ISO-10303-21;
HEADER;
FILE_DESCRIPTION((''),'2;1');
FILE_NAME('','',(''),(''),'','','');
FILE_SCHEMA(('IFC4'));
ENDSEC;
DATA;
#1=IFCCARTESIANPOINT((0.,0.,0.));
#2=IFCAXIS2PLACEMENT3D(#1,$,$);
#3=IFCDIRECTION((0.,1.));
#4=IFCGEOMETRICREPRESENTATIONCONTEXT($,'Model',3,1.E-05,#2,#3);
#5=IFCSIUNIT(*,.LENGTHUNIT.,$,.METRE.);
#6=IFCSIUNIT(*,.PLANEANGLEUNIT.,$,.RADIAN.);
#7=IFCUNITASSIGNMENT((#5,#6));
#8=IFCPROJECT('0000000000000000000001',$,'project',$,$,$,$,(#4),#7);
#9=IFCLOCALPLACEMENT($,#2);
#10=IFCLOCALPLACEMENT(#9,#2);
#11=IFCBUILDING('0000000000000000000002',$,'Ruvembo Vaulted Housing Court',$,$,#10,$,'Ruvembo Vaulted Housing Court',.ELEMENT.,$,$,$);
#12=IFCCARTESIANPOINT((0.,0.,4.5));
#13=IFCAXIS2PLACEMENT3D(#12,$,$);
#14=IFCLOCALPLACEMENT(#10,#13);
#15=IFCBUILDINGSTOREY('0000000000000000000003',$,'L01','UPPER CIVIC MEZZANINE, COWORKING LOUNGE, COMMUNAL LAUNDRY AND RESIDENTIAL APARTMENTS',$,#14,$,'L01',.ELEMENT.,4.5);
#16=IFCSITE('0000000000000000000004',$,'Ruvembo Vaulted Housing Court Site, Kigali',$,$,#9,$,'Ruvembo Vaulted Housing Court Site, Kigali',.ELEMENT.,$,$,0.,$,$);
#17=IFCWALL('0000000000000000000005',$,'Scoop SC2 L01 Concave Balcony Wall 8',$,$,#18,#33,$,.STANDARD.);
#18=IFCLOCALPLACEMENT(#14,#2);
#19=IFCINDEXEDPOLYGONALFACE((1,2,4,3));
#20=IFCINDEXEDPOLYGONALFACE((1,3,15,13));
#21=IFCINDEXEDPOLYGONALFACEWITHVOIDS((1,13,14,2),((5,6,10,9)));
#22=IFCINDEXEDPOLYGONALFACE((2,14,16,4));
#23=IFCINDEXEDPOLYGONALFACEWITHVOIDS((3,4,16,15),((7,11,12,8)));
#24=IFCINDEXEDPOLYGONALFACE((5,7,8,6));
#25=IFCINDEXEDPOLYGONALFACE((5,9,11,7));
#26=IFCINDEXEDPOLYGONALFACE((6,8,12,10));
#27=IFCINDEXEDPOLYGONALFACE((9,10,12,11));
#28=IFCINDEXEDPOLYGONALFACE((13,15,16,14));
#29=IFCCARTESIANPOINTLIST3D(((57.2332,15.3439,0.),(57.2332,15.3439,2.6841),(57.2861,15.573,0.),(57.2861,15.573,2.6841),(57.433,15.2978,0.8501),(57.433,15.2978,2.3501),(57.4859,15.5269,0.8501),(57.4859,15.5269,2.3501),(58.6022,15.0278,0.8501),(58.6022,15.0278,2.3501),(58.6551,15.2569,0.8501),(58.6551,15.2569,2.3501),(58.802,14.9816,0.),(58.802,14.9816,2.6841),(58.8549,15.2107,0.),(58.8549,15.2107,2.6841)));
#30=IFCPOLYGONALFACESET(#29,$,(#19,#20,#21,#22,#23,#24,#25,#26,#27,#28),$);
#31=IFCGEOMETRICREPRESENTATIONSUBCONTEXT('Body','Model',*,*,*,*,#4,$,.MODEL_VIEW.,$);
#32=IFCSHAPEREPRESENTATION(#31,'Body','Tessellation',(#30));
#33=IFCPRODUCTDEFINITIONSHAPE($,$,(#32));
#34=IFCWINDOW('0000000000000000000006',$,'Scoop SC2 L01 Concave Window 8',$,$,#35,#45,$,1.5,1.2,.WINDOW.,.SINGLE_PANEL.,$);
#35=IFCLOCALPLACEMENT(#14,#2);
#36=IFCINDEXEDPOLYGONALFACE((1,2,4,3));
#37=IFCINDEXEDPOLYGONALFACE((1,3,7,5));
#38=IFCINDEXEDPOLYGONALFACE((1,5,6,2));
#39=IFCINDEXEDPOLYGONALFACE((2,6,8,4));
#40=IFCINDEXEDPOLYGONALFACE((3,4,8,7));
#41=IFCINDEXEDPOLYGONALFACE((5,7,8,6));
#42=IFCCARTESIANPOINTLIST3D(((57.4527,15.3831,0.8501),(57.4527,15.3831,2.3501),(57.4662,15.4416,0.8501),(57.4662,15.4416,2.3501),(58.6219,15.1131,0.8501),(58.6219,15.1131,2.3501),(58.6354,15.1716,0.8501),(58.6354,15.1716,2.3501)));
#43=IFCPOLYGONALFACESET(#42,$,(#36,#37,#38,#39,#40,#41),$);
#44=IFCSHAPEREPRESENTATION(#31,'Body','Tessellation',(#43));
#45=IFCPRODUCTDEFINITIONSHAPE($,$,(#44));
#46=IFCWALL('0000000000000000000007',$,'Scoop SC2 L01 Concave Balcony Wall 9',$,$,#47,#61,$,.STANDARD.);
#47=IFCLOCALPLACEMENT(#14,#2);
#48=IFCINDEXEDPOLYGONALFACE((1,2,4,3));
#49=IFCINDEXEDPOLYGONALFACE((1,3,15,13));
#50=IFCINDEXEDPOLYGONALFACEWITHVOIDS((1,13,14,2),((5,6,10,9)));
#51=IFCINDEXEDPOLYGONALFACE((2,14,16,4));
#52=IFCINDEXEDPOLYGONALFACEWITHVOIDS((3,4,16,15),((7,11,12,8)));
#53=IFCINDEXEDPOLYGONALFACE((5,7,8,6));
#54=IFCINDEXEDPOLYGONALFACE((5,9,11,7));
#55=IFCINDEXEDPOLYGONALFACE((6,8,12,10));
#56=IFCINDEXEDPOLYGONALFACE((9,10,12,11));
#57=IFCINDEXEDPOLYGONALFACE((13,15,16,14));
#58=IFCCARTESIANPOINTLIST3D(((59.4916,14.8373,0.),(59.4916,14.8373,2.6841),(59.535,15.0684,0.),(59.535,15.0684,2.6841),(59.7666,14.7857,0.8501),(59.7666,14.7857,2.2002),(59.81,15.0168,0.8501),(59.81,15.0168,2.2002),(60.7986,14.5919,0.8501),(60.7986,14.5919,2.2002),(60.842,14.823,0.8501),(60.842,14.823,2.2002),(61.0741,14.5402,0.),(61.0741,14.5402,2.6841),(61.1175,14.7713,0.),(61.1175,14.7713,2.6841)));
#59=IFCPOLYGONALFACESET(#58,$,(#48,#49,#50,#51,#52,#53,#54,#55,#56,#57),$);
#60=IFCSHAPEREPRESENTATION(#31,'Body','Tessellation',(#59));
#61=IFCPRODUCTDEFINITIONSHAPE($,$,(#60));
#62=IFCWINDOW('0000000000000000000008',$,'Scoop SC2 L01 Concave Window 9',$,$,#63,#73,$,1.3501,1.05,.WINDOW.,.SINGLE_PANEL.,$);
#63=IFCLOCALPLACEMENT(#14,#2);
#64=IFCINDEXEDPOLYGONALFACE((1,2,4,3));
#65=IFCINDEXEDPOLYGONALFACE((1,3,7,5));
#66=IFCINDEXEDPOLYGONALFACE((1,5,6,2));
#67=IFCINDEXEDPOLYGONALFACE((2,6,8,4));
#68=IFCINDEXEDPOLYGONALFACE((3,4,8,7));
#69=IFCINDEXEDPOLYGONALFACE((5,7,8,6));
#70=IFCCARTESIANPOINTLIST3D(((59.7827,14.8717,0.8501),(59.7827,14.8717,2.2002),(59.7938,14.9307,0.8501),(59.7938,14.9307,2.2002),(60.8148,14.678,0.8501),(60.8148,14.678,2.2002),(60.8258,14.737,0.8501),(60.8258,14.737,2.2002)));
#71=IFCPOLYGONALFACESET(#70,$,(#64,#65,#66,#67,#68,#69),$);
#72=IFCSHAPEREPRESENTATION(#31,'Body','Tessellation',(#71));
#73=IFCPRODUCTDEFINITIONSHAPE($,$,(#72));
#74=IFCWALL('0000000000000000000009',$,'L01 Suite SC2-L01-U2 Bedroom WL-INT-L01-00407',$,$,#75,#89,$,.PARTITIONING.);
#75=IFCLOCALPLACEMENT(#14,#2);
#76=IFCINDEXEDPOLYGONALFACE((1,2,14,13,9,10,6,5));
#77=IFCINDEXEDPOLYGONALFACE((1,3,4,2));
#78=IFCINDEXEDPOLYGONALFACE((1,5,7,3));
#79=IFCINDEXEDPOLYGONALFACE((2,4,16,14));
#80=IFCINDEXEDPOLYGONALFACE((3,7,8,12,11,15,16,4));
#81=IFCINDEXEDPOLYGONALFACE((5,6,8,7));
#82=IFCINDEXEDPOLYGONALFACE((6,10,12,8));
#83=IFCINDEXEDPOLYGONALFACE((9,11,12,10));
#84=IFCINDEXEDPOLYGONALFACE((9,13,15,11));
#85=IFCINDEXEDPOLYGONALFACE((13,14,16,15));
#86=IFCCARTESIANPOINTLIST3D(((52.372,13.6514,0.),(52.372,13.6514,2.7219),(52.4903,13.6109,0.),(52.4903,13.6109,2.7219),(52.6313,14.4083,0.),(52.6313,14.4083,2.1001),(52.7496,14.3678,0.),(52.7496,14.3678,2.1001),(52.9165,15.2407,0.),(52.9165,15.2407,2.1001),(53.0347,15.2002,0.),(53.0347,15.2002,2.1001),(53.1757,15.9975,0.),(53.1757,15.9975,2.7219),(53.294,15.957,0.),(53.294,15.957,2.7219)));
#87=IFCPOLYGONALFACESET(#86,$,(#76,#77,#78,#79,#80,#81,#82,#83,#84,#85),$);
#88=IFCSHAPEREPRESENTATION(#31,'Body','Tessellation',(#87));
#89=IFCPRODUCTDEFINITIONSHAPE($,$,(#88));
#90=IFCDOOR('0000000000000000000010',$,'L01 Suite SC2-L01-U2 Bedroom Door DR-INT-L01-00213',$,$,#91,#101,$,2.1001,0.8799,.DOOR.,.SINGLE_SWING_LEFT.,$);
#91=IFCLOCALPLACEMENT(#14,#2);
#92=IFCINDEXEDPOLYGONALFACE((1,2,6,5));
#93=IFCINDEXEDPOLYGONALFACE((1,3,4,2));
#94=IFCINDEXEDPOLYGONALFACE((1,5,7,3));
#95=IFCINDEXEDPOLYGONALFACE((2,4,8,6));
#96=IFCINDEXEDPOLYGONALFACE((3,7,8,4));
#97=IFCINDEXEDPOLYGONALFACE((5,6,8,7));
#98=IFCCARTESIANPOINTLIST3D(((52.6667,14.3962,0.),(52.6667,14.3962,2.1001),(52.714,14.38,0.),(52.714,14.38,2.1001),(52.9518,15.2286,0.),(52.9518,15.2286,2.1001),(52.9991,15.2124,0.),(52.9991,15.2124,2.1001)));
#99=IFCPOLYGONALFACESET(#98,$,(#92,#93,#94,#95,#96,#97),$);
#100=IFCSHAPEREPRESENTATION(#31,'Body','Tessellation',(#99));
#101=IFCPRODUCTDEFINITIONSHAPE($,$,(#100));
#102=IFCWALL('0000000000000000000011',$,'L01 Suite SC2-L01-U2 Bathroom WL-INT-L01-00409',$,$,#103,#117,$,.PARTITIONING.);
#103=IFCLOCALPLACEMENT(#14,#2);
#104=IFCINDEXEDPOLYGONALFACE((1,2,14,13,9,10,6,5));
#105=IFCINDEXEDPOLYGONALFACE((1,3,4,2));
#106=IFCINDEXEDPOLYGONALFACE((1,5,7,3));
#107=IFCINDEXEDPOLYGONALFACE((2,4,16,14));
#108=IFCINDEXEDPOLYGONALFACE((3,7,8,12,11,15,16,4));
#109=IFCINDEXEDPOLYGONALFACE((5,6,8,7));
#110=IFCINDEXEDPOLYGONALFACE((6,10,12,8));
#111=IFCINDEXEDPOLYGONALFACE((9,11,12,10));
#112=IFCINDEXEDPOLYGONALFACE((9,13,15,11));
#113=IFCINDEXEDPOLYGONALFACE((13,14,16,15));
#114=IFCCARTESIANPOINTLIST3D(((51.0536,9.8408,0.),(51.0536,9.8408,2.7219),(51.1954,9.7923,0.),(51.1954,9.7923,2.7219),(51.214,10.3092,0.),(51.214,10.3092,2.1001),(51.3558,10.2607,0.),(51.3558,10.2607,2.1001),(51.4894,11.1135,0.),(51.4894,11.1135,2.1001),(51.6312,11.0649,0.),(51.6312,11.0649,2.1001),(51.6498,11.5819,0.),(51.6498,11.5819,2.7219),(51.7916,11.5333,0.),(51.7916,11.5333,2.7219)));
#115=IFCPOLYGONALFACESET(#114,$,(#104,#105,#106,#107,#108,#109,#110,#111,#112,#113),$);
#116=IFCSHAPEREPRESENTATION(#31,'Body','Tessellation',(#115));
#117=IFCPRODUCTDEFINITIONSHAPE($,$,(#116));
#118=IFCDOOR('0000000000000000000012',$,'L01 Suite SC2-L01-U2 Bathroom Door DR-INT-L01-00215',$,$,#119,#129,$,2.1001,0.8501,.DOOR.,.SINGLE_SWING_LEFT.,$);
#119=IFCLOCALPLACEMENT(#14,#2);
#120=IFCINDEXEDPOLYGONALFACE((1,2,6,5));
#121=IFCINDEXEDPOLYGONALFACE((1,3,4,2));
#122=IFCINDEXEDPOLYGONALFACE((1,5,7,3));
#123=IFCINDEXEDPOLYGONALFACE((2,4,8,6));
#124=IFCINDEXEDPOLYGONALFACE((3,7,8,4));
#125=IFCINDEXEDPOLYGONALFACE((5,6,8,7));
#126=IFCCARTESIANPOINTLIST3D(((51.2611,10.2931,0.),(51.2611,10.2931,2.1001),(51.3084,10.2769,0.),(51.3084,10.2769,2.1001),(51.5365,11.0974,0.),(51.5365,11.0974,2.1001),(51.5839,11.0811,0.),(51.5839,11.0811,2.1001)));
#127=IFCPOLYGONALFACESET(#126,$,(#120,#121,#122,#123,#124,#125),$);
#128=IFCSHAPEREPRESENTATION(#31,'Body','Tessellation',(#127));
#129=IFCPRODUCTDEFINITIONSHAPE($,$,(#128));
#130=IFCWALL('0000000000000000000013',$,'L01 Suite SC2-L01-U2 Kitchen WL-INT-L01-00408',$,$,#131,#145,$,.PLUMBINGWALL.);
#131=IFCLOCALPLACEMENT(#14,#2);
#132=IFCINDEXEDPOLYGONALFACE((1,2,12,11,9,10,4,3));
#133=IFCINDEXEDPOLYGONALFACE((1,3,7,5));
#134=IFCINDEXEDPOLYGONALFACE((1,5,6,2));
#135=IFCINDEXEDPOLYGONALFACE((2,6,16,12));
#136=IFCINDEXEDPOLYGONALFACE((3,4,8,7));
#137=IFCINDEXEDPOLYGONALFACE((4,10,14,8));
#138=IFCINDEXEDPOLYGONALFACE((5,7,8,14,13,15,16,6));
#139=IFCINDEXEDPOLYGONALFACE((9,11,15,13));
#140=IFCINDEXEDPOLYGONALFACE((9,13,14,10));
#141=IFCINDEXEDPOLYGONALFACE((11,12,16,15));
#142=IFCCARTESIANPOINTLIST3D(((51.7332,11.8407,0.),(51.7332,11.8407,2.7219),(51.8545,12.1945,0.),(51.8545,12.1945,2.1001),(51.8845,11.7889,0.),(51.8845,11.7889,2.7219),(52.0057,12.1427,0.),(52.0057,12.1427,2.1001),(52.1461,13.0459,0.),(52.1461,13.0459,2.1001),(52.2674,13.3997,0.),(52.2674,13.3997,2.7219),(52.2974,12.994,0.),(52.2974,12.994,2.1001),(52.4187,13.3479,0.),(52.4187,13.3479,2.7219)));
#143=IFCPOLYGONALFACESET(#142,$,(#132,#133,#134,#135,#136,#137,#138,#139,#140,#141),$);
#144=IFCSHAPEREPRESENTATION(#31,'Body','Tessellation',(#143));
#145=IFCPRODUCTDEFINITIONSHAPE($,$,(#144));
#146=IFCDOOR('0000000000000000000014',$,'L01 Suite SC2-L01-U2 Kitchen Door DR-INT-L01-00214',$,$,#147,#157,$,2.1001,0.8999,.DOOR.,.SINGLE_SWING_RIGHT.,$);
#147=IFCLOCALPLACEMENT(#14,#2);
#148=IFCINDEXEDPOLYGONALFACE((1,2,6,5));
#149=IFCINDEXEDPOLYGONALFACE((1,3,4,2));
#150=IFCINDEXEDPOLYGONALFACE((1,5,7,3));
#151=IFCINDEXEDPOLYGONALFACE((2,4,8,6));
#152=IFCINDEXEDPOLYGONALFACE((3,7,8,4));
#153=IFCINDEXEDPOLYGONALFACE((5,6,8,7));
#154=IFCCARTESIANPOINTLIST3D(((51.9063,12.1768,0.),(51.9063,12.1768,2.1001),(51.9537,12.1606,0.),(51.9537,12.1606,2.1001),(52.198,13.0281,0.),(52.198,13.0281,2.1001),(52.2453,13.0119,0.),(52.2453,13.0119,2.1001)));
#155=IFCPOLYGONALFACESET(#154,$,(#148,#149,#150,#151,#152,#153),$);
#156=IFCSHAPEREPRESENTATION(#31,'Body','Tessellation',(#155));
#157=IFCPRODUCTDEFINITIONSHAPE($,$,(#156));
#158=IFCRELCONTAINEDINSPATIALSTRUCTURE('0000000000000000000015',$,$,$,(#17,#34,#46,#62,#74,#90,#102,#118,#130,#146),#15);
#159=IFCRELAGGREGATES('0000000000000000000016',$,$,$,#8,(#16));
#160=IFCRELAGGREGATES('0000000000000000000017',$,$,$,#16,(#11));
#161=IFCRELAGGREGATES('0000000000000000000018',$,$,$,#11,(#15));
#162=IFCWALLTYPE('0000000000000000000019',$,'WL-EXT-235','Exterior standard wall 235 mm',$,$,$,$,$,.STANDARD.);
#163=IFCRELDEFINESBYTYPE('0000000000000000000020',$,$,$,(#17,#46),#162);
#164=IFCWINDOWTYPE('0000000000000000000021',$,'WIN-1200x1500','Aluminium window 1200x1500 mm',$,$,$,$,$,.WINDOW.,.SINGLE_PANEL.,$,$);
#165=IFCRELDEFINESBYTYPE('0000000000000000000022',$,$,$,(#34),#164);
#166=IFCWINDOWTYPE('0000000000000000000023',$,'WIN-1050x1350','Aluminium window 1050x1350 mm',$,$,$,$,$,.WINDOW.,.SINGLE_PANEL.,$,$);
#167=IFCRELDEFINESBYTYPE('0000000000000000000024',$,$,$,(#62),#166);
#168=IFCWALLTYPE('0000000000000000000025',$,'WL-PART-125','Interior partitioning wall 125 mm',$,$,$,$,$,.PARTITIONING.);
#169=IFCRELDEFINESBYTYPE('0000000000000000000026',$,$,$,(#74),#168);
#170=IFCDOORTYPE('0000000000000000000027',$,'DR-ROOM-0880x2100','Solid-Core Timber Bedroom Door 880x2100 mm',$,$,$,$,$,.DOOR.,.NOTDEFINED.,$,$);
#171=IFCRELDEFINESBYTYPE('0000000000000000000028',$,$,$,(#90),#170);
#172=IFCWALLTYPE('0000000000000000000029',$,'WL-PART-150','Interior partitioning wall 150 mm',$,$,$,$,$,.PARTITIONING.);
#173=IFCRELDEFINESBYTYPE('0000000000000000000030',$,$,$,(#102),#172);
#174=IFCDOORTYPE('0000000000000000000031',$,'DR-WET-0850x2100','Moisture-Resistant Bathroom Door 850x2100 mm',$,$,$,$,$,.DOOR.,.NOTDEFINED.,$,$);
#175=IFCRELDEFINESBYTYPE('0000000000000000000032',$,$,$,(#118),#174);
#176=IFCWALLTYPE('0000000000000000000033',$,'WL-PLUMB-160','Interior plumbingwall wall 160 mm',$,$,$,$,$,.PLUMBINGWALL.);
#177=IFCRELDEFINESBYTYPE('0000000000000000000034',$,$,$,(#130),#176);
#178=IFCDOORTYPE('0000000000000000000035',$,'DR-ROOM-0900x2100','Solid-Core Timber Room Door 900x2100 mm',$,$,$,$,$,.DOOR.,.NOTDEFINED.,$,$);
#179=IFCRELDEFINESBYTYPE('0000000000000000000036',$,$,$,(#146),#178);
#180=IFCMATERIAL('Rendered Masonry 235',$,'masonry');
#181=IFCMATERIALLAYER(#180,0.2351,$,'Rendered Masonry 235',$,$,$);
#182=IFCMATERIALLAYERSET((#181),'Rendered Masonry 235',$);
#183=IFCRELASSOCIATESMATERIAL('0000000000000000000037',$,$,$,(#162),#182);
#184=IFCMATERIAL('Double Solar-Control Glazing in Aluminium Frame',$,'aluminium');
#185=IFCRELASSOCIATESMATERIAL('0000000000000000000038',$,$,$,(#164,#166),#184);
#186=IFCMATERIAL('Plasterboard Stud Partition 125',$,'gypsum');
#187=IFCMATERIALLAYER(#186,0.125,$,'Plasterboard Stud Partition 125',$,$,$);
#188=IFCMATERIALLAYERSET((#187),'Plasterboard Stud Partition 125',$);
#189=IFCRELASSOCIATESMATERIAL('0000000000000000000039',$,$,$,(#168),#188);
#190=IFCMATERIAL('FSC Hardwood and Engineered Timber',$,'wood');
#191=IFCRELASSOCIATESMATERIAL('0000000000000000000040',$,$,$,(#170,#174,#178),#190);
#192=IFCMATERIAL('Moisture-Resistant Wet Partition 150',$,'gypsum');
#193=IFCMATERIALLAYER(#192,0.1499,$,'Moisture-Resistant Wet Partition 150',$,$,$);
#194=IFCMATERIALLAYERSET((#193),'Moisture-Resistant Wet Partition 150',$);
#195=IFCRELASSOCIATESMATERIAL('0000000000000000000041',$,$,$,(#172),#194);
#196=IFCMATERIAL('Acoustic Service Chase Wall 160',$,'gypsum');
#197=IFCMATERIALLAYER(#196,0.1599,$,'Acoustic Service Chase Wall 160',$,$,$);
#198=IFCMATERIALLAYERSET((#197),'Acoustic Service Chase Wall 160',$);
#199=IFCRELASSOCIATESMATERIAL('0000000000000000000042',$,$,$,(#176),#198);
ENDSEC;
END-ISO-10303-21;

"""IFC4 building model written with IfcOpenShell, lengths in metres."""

from ifc_helpers import new_model, si_unit, direction, frame, frame_2d, origin, place, context, subcontext, project, spatial, rectangle, extrude, material, layer, layer_set, type_object, element, fill, save


model = new_model("IFC4")

# Units and contexts
model_context = context("Model", 3, precision=1e-05, world=origin(), true_north=direction((0.0, 1.0)))
body_context = subcontext(model_context, "Body", "Model", "MODEL_VIEW")
ifc_project = project(units=[si_unit("LENGTHUNIT", "METRE"), si_unit("PLANEANGLEUNIT", "RADIAN")], contexts=[model_context])

# Site, building, storey
site_placement = place(None, origin())
site = spatial("IfcSite", under=ifc_project, at=site_placement, Name="Ruvembo Vaulted Housing Court Site, Kigali", LongName="Ruvembo Vaulted Housing Court Site, Kigali", CompositionType="ELEMENT", RefElevation=0.0)
building_placement = place(site_placement, origin())
building = spatial("IfcBuilding", under=site, at=building_placement, Name="Ruvembo Vaulted Housing Court", LongName="Ruvembo Vaulted Housing Court", CompositionType="ELEMENT")
storey_placement = place(building_placement, frame((0.0, 0.0, 4.5)))
storey = spatial("IfcBuildingStorey", under=building, at=storey_placement, Name="L01", Description="UPPER CIVIC MEZZANINE, COWORKING LOUNGE, COMMUNAL LAUNDRY AND RESIDENTIAL APARTMENTS", LongName="L01", CompositionType="ELEMENT", Elevation=4.5)

# Shared definitions
ifc_material_1 = material(Name="Rendered Masonry 235", Category="masonry")
ifc_layer_1 = layer(ifc_material_1, 0.2351, Name="Rendered Masonry 235")
ifc_layer_set_1 = layer_set([ifc_layer_1], Name="Rendered Masonry 235")
wall_type_1 = type_object("IfcWallType", Name="WL-EXT-235", Description="Exterior standard wall 235 mm", PredefinedType="STANDARD", material=ifc_layer_set_1)
ifc_material_2 = material(Name="Double Solar-Control Glazing in Aluminium Frame", Category="aluminium")

# Walls, openings, windows
wall_1_placement = place(storey_placement, frame((57.2595, 15.4585, 0.0), z_axis=(0.0, 0.0, 1.0), x_axis=(0.974355, -0.225015, 0.0)))
wall_1 = element("IfcWall", 1, at=wall_1_placement, inside=storey, type_object=wall_type_1, Name="Scoop SC2 L01 Concave Balcony Wall 8", PredefinedType="STANDARD", context=body_context, shape_type="SweptSolid", body=[
    extrude(rectangle(XDim=1.6101, YDim=0.2351, at=frame_2d((0.8052, 0.0))), origin(), (0.0, 0.0, 1.0), 2.6841),
])
opening_1_placement = place(wall_1_placement, frame((0.2051, 0.0, 0.8501)))
opening_1 = element("IfcOpeningElement", 2, at=opening_1_placement, cuts=wall_1, PredefinedType="OPENING", context=body_context, shape_type="SweptSolid", body=[
    extrude(rectangle(XDim=1.2, YDim=1.5, at=frame_2d((0.6001, 0.75))), frame((0.0, 0.1274, 0.0), z_axis=(0.0, -1.0, 0.0), x_axis=(1.0, 0.0, 0.0)), (0.0, 0.0, 1.0), 0.2551),
])
window_type_1 = type_object("IfcWindowType", Name="WIN-1200x1500", Description="Aluminium window 1200x1500 mm", PartitioningType="SINGLE_PANEL", PredefinedType="WINDOW", material=ifc_material_2)
window_1_placement = place(opening_1_placement, origin())
window_1 = element("IfcWindow", 3, at=window_1_placement, inside=storey, type_object=window_type_1, Name="Scoop SC2 L01 Concave Window 8", OverallHeight=1.5, OverallWidth=1.2, PartitioningType="SINGLE_PANEL", PredefinedType="WINDOW", context=body_context, shape_type="SweptSolid", body=[
    extrude(rectangle(XDim=1.2, YDim=1.5, at=frame_2d((0.6001, 0.75))), frame((0.0, 0.03, 0.0), z_axis=(0.0, -1.0, 0.0), x_axis=(1.0, 0.0, 0.0)), (0.0, 0.0, 1.0), 0.0601),
])
fill(opening_1, window_1)
wall_2_placement = place(storey_placement, frame((59.5132, 14.9529, 0.0), z_axis=(0.0, 0.0, 1.0), x_axis=(0.982828, -0.184527, 0.0)))
wall_2 = element("IfcWall", 4, at=wall_2_placement, inside=storey, type_object=wall_type_1, Name="Scoop SC2 L01 Concave Balcony Wall 9", PredefinedType="STANDARD", context=body_context, shape_type="SweptSolid", body=[
    extrude(rectangle(XDim=1.6101, YDim=0.2351, at=frame_2d((0.8052, 0.0))), origin(), (0.0, 0.0, 1.0), 2.6841),
])
opening_2_placement = place(wall_2_placement, frame((0.28, 0.0, 0.8501)))
opening_2 = element("IfcOpeningElement", 5, at=opening_2_placement, cuts=wall_2, PredefinedType="OPENING", context=body_context, shape_type="SweptSolid", body=[
    extrude(rectangle(XDim=1.05, YDim=1.3501, at=frame_2d((0.5249, 0.675))), frame((0.0, 0.1274, 0.0), z_axis=(0.0, -1.0, 0.0), x_axis=(1.0, 0.0, 0.0)), (0.0, 0.0, 1.0), 0.2551),
])
window_type_2 = type_object("IfcWindowType", Name="WIN-1050x1350", Description="Aluminium window 1050x1350 mm", PartitioningType="SINGLE_PANEL", PredefinedType="WINDOW", material=ifc_material_2)
window_2_placement = place(opening_2_placement, origin())
window_2 = element("IfcWindow", 6, at=window_2_placement, inside=storey, type_object=window_type_2, Name="Scoop SC2 L01 Concave Window 9", OverallHeight=1.3501, OverallWidth=1.05, PartitioningType="SINGLE_PANEL", PredefinedType="WINDOW", context=body_context, shape_type="SweptSolid", body=[
    extrude(rectangle(XDim=1.05, YDim=1.3501, at=frame_2d((0.5249, 0.675))), frame((0.0, 0.03, 0.0), z_axis=(0.0, -1.0, 0.0), x_axis=(1.0, 0.0, 0.0)), (0.0, 0.0, 1.0), 0.0601),
])
fill(opening_2, window_2)

# Walls, openings, doors
ifc_material_3 = material(Name="Plasterboard Stud Partition 125", Category="gypsum")
ifc_layer_2 = layer(ifc_material_3, 0.125, Name="Plasterboard Stud Partition 125")
ifc_layer_set_2 = layer_set([ifc_layer_2], Name="Plasterboard Stud Partition 125")
wall_type_2 = type_object("IfcWallType", Name="WL-PART-125", Description="Interior partitioning wall 125 mm", PredefinedType="PARTITIONING", material=ifc_layer_set_2)
wall_3_placement = place(storey_placement, frame((53.2349, 15.9773, 0.0), z_axis=(0.0, 0.0, 1.0), x_axis=(-0.324073, -0.946032, 0.0)))
wall_3 = element("IfcWall", 7, at=wall_3_placement, inside=storey, type_object=wall_type_2, Name="L01 Suite SC2-L01-U2 Bedroom WL-INT-L01-00407", PredefinedType="PARTITIONING", context=body_context, shape_type="SweptSolid", body=[
    extrude(rectangle(XDim=2.48, YDim=0.125, at=frame_2d((1.24, 0.0))), origin(), (0.0, 0.0, 1.0), 2.7219),
])
opening_3_placement = place(wall_3_placement, frame((0.8, 0.0, 0.0)))
opening_3 = element("IfcOpeningElement", 8, at=opening_3_placement, cuts=wall_3, PredefinedType="OPENING", context=body_context, shape_type="SweptSolid", body=[
    extrude(rectangle(XDim=0.8799, YDim=2.1001, at=frame_2d((0.4399, 1.05))), frame((0.0, 0.0725, 0.0), z_axis=(0.0, -1.0, 0.0), x_axis=(1.0, 0.0, 0.0)), (0.0, 0.0, 1.0), 0.145),
])
ifc_material_4 = material(Name="FSC Hardwood and Engineered Timber", Category="wood")
door_type_1 = type_object("IfcDoorType", Name="DR-ROOM-0880x2100", Description="Solid-Core Timber Bedroom Door 880x2100 mm", OperationType="NOTDEFINED", PredefinedType="DOOR", material=ifc_material_4)
door_1_placement = place(opening_3_placement, origin())
door_1 = element("IfcDoor", 9, at=door_1_placement, inside=storey, type_object=door_type_1, Name="L01 Suite SC2-L01-U2 Bedroom Door DR-INT-L01-00213", OperationType="SINGLE_SWING_LEFT", OverallHeight=2.1001, OverallWidth=0.8799, PredefinedType="DOOR", context=body_context, shape_type="SweptSolid", body=[
    extrude(rectangle(XDim=0.8799, YDim=2.1001, at=frame_2d((0.4399, 1.05))), frame((0.0, 0.0249, 0.0), z_axis=(0.0, -1.0, 0.0), x_axis=(1.0, 0.0, 0.0)), (0.0, 0.0, 1.0), 0.05),
])
fill(opening_3, door_1)
ifc_material_5 = material(Name="Moisture-Resistant Wet Partition 150", Category="gypsum")
ifc_layer_3 = layer(ifc_material_5, 0.1499, Name="Moisture-Resistant Wet Partition 150")
ifc_layer_set_3 = layer_set([ifc_layer_3], Name="Moisture-Resistant Wet Partition 150")
wall_type_3 = type_object("IfcWallType", Name="WL-PART-150", Description="Interior partitioning wall 150 mm", PredefinedType="PARTITIONING", material=ifc_layer_set_3)
wall_4_placement = place(storey_placement, frame((51.7207, 11.5576, 0.0), z_axis=(0.0, 0.0, 1.0), x_axis=(-0.323978, -0.946065, 0.0)))
wall_4 = element("IfcWall", 10, at=wall_4_placement, inside=storey, type_object=wall_type_3, Name="L01 Suite SC2-L01-U2 Bathroom WL-INT-L01-00409", PredefinedType="PARTITIONING", context=body_context, shape_type="SweptSolid", body=[
    extrude(rectangle(XDim=1.8403, YDim=0.1499, at=frame_2d((0.9202, 0.0))), origin(), (0.0, 0.0, 1.0), 2.7219),
])
opening_4_placement = place(wall_4_placement, frame((0.4951, 0.0, 0.0)))
opening_4 = element("IfcOpeningElement", 11, at=opening_4_placement, cuts=wall_4, PredefinedType="OPENING", context=body_context, shape_type="SweptSolid", body=[
    extrude(rectangle(XDim=0.8501, YDim=2.1001, at=frame_2d((0.425, 1.05))), frame((0.0, 0.085, 0.0), z_axis=(0.0, -1.0, 0.0), x_axis=(1.0, 0.0, 0.0)), (0.0, 0.0, 1.0), 0.1699),
])
door_type_2 = type_object("IfcDoorType", Name="DR-WET-0850x2100", Description="Moisture-Resistant Bathroom Door 850x2100 mm", OperationType="NOTDEFINED", PredefinedType="DOOR", material=ifc_material_4)
door_2_placement = place(opening_4_placement, origin())
door_2 = element("IfcDoor", 12, at=door_2_placement, inside=storey, type_object=door_type_2, Name="L01 Suite SC2-L01-U2 Bathroom Door DR-INT-L01-00215", OperationType="SINGLE_SWING_LEFT", OverallHeight=2.1001, OverallWidth=0.8501, PredefinedType="DOOR", context=body_context, shape_type="SweptSolid", body=[
    extrude(rectangle(XDim=0.8501, YDim=2.1001, at=frame_2d((0.425, 1.05))), frame((0.0, 0.0249, 0.0), z_axis=(0.0, -1.0, 0.0), x_axis=(1.0, 0.0, 0.0)), (0.0, 0.0, 1.0), 0.05),
])
fill(opening_4, door_2)
ifc_material_6 = material(Name="Acoustic Service Chase Wall 160", Category="gypsum")
ifc_layer_4 = layer(ifc_material_6, 0.1599, Name="Acoustic Service Chase Wall 160")
ifc_layer_set_4 = layer_set([ifc_layer_4], Name="Acoustic Service Chase Wall 160")
wall_type_4 = type_object("IfcWallType", Name="WL-PLUMB-160", Description="Interior plumbingwall wall 160 mm", PredefinedType="PLUMBINGWALL", material=ifc_layer_set_4)
wall_5_placement = place(storey_placement, frame((52.343, 13.3738, 0.0), z_axis=(0.0, 0.0, 1.0), x_axis=(-0.324127, -0.946013, 0.0)))
wall_5 = element("IfcWall", 13, at=wall_5_placement, inside=storey, type_object=wall_type_4, Name="L01 Suite SC2-L01-U2 Kitchen WL-INT-L01-00408", PredefinedType="PLUMBINGWALL", context=body_context, shape_type="SweptSolid", body=[
    extrude(rectangle(XDim=1.6479, YDim=0.1599, at=frame_2d((0.824, 0.0))), origin(), (0.0, 0.0, 1.0), 2.7219),
])
opening_5_placement = place(wall_5_placement, frame((0.374, 0.0, 0.0)))
opening_5 = element("IfcOpeningElement", 14, at=opening_5_placement, cuts=wall_5, PredefinedType="OPENING", context=body_context, shape_type="SweptSolid", body=[
    extrude(rectangle(XDim=0.8999, YDim=2.1001, at=frame_2d((0.45, 1.05))), frame((0.0, 0.0898, 0.0), z_axis=(0.0, -1.0, 0.0), x_axis=(1.0, 0.0, 0.0)), (0.0, 0.0, 1.0), 0.1799),
])
door_type_3 = type_object("IfcDoorType", Name="DR-ROOM-0900x2100", Description="Solid-Core Timber Room Door 900x2100 mm", OperationType="NOTDEFINED", PredefinedType="DOOR", material=ifc_material_4)
door_3_placement = place(opening_5_placement, origin())
door_3 = element("IfcDoor", 15, at=door_3_placement, inside=storey, type_object=door_type_3, Name="L01 Suite SC2-L01-U2 Kitchen Door DR-INT-L01-00214", OperationType="SINGLE_SWING_RIGHT", OverallHeight=2.1001, OverallWidth=0.8999, PredefinedType="DOOR", context=body_context, shape_type="SweptSolid", body=[
    extrude(rectangle(XDim=0.8999, YDim=2.1001, at=frame_2d((0.45, 1.05))), frame((0.0, 0.0249, 0.0), z_axis=(0.0, -1.0, 0.0), x_axis=(1.0, 0.0, 0.0)), (0.0, 0.0, 1.0), 0.05),
])
fill(opening_5, door_3)

save(model, "model.ifc")
